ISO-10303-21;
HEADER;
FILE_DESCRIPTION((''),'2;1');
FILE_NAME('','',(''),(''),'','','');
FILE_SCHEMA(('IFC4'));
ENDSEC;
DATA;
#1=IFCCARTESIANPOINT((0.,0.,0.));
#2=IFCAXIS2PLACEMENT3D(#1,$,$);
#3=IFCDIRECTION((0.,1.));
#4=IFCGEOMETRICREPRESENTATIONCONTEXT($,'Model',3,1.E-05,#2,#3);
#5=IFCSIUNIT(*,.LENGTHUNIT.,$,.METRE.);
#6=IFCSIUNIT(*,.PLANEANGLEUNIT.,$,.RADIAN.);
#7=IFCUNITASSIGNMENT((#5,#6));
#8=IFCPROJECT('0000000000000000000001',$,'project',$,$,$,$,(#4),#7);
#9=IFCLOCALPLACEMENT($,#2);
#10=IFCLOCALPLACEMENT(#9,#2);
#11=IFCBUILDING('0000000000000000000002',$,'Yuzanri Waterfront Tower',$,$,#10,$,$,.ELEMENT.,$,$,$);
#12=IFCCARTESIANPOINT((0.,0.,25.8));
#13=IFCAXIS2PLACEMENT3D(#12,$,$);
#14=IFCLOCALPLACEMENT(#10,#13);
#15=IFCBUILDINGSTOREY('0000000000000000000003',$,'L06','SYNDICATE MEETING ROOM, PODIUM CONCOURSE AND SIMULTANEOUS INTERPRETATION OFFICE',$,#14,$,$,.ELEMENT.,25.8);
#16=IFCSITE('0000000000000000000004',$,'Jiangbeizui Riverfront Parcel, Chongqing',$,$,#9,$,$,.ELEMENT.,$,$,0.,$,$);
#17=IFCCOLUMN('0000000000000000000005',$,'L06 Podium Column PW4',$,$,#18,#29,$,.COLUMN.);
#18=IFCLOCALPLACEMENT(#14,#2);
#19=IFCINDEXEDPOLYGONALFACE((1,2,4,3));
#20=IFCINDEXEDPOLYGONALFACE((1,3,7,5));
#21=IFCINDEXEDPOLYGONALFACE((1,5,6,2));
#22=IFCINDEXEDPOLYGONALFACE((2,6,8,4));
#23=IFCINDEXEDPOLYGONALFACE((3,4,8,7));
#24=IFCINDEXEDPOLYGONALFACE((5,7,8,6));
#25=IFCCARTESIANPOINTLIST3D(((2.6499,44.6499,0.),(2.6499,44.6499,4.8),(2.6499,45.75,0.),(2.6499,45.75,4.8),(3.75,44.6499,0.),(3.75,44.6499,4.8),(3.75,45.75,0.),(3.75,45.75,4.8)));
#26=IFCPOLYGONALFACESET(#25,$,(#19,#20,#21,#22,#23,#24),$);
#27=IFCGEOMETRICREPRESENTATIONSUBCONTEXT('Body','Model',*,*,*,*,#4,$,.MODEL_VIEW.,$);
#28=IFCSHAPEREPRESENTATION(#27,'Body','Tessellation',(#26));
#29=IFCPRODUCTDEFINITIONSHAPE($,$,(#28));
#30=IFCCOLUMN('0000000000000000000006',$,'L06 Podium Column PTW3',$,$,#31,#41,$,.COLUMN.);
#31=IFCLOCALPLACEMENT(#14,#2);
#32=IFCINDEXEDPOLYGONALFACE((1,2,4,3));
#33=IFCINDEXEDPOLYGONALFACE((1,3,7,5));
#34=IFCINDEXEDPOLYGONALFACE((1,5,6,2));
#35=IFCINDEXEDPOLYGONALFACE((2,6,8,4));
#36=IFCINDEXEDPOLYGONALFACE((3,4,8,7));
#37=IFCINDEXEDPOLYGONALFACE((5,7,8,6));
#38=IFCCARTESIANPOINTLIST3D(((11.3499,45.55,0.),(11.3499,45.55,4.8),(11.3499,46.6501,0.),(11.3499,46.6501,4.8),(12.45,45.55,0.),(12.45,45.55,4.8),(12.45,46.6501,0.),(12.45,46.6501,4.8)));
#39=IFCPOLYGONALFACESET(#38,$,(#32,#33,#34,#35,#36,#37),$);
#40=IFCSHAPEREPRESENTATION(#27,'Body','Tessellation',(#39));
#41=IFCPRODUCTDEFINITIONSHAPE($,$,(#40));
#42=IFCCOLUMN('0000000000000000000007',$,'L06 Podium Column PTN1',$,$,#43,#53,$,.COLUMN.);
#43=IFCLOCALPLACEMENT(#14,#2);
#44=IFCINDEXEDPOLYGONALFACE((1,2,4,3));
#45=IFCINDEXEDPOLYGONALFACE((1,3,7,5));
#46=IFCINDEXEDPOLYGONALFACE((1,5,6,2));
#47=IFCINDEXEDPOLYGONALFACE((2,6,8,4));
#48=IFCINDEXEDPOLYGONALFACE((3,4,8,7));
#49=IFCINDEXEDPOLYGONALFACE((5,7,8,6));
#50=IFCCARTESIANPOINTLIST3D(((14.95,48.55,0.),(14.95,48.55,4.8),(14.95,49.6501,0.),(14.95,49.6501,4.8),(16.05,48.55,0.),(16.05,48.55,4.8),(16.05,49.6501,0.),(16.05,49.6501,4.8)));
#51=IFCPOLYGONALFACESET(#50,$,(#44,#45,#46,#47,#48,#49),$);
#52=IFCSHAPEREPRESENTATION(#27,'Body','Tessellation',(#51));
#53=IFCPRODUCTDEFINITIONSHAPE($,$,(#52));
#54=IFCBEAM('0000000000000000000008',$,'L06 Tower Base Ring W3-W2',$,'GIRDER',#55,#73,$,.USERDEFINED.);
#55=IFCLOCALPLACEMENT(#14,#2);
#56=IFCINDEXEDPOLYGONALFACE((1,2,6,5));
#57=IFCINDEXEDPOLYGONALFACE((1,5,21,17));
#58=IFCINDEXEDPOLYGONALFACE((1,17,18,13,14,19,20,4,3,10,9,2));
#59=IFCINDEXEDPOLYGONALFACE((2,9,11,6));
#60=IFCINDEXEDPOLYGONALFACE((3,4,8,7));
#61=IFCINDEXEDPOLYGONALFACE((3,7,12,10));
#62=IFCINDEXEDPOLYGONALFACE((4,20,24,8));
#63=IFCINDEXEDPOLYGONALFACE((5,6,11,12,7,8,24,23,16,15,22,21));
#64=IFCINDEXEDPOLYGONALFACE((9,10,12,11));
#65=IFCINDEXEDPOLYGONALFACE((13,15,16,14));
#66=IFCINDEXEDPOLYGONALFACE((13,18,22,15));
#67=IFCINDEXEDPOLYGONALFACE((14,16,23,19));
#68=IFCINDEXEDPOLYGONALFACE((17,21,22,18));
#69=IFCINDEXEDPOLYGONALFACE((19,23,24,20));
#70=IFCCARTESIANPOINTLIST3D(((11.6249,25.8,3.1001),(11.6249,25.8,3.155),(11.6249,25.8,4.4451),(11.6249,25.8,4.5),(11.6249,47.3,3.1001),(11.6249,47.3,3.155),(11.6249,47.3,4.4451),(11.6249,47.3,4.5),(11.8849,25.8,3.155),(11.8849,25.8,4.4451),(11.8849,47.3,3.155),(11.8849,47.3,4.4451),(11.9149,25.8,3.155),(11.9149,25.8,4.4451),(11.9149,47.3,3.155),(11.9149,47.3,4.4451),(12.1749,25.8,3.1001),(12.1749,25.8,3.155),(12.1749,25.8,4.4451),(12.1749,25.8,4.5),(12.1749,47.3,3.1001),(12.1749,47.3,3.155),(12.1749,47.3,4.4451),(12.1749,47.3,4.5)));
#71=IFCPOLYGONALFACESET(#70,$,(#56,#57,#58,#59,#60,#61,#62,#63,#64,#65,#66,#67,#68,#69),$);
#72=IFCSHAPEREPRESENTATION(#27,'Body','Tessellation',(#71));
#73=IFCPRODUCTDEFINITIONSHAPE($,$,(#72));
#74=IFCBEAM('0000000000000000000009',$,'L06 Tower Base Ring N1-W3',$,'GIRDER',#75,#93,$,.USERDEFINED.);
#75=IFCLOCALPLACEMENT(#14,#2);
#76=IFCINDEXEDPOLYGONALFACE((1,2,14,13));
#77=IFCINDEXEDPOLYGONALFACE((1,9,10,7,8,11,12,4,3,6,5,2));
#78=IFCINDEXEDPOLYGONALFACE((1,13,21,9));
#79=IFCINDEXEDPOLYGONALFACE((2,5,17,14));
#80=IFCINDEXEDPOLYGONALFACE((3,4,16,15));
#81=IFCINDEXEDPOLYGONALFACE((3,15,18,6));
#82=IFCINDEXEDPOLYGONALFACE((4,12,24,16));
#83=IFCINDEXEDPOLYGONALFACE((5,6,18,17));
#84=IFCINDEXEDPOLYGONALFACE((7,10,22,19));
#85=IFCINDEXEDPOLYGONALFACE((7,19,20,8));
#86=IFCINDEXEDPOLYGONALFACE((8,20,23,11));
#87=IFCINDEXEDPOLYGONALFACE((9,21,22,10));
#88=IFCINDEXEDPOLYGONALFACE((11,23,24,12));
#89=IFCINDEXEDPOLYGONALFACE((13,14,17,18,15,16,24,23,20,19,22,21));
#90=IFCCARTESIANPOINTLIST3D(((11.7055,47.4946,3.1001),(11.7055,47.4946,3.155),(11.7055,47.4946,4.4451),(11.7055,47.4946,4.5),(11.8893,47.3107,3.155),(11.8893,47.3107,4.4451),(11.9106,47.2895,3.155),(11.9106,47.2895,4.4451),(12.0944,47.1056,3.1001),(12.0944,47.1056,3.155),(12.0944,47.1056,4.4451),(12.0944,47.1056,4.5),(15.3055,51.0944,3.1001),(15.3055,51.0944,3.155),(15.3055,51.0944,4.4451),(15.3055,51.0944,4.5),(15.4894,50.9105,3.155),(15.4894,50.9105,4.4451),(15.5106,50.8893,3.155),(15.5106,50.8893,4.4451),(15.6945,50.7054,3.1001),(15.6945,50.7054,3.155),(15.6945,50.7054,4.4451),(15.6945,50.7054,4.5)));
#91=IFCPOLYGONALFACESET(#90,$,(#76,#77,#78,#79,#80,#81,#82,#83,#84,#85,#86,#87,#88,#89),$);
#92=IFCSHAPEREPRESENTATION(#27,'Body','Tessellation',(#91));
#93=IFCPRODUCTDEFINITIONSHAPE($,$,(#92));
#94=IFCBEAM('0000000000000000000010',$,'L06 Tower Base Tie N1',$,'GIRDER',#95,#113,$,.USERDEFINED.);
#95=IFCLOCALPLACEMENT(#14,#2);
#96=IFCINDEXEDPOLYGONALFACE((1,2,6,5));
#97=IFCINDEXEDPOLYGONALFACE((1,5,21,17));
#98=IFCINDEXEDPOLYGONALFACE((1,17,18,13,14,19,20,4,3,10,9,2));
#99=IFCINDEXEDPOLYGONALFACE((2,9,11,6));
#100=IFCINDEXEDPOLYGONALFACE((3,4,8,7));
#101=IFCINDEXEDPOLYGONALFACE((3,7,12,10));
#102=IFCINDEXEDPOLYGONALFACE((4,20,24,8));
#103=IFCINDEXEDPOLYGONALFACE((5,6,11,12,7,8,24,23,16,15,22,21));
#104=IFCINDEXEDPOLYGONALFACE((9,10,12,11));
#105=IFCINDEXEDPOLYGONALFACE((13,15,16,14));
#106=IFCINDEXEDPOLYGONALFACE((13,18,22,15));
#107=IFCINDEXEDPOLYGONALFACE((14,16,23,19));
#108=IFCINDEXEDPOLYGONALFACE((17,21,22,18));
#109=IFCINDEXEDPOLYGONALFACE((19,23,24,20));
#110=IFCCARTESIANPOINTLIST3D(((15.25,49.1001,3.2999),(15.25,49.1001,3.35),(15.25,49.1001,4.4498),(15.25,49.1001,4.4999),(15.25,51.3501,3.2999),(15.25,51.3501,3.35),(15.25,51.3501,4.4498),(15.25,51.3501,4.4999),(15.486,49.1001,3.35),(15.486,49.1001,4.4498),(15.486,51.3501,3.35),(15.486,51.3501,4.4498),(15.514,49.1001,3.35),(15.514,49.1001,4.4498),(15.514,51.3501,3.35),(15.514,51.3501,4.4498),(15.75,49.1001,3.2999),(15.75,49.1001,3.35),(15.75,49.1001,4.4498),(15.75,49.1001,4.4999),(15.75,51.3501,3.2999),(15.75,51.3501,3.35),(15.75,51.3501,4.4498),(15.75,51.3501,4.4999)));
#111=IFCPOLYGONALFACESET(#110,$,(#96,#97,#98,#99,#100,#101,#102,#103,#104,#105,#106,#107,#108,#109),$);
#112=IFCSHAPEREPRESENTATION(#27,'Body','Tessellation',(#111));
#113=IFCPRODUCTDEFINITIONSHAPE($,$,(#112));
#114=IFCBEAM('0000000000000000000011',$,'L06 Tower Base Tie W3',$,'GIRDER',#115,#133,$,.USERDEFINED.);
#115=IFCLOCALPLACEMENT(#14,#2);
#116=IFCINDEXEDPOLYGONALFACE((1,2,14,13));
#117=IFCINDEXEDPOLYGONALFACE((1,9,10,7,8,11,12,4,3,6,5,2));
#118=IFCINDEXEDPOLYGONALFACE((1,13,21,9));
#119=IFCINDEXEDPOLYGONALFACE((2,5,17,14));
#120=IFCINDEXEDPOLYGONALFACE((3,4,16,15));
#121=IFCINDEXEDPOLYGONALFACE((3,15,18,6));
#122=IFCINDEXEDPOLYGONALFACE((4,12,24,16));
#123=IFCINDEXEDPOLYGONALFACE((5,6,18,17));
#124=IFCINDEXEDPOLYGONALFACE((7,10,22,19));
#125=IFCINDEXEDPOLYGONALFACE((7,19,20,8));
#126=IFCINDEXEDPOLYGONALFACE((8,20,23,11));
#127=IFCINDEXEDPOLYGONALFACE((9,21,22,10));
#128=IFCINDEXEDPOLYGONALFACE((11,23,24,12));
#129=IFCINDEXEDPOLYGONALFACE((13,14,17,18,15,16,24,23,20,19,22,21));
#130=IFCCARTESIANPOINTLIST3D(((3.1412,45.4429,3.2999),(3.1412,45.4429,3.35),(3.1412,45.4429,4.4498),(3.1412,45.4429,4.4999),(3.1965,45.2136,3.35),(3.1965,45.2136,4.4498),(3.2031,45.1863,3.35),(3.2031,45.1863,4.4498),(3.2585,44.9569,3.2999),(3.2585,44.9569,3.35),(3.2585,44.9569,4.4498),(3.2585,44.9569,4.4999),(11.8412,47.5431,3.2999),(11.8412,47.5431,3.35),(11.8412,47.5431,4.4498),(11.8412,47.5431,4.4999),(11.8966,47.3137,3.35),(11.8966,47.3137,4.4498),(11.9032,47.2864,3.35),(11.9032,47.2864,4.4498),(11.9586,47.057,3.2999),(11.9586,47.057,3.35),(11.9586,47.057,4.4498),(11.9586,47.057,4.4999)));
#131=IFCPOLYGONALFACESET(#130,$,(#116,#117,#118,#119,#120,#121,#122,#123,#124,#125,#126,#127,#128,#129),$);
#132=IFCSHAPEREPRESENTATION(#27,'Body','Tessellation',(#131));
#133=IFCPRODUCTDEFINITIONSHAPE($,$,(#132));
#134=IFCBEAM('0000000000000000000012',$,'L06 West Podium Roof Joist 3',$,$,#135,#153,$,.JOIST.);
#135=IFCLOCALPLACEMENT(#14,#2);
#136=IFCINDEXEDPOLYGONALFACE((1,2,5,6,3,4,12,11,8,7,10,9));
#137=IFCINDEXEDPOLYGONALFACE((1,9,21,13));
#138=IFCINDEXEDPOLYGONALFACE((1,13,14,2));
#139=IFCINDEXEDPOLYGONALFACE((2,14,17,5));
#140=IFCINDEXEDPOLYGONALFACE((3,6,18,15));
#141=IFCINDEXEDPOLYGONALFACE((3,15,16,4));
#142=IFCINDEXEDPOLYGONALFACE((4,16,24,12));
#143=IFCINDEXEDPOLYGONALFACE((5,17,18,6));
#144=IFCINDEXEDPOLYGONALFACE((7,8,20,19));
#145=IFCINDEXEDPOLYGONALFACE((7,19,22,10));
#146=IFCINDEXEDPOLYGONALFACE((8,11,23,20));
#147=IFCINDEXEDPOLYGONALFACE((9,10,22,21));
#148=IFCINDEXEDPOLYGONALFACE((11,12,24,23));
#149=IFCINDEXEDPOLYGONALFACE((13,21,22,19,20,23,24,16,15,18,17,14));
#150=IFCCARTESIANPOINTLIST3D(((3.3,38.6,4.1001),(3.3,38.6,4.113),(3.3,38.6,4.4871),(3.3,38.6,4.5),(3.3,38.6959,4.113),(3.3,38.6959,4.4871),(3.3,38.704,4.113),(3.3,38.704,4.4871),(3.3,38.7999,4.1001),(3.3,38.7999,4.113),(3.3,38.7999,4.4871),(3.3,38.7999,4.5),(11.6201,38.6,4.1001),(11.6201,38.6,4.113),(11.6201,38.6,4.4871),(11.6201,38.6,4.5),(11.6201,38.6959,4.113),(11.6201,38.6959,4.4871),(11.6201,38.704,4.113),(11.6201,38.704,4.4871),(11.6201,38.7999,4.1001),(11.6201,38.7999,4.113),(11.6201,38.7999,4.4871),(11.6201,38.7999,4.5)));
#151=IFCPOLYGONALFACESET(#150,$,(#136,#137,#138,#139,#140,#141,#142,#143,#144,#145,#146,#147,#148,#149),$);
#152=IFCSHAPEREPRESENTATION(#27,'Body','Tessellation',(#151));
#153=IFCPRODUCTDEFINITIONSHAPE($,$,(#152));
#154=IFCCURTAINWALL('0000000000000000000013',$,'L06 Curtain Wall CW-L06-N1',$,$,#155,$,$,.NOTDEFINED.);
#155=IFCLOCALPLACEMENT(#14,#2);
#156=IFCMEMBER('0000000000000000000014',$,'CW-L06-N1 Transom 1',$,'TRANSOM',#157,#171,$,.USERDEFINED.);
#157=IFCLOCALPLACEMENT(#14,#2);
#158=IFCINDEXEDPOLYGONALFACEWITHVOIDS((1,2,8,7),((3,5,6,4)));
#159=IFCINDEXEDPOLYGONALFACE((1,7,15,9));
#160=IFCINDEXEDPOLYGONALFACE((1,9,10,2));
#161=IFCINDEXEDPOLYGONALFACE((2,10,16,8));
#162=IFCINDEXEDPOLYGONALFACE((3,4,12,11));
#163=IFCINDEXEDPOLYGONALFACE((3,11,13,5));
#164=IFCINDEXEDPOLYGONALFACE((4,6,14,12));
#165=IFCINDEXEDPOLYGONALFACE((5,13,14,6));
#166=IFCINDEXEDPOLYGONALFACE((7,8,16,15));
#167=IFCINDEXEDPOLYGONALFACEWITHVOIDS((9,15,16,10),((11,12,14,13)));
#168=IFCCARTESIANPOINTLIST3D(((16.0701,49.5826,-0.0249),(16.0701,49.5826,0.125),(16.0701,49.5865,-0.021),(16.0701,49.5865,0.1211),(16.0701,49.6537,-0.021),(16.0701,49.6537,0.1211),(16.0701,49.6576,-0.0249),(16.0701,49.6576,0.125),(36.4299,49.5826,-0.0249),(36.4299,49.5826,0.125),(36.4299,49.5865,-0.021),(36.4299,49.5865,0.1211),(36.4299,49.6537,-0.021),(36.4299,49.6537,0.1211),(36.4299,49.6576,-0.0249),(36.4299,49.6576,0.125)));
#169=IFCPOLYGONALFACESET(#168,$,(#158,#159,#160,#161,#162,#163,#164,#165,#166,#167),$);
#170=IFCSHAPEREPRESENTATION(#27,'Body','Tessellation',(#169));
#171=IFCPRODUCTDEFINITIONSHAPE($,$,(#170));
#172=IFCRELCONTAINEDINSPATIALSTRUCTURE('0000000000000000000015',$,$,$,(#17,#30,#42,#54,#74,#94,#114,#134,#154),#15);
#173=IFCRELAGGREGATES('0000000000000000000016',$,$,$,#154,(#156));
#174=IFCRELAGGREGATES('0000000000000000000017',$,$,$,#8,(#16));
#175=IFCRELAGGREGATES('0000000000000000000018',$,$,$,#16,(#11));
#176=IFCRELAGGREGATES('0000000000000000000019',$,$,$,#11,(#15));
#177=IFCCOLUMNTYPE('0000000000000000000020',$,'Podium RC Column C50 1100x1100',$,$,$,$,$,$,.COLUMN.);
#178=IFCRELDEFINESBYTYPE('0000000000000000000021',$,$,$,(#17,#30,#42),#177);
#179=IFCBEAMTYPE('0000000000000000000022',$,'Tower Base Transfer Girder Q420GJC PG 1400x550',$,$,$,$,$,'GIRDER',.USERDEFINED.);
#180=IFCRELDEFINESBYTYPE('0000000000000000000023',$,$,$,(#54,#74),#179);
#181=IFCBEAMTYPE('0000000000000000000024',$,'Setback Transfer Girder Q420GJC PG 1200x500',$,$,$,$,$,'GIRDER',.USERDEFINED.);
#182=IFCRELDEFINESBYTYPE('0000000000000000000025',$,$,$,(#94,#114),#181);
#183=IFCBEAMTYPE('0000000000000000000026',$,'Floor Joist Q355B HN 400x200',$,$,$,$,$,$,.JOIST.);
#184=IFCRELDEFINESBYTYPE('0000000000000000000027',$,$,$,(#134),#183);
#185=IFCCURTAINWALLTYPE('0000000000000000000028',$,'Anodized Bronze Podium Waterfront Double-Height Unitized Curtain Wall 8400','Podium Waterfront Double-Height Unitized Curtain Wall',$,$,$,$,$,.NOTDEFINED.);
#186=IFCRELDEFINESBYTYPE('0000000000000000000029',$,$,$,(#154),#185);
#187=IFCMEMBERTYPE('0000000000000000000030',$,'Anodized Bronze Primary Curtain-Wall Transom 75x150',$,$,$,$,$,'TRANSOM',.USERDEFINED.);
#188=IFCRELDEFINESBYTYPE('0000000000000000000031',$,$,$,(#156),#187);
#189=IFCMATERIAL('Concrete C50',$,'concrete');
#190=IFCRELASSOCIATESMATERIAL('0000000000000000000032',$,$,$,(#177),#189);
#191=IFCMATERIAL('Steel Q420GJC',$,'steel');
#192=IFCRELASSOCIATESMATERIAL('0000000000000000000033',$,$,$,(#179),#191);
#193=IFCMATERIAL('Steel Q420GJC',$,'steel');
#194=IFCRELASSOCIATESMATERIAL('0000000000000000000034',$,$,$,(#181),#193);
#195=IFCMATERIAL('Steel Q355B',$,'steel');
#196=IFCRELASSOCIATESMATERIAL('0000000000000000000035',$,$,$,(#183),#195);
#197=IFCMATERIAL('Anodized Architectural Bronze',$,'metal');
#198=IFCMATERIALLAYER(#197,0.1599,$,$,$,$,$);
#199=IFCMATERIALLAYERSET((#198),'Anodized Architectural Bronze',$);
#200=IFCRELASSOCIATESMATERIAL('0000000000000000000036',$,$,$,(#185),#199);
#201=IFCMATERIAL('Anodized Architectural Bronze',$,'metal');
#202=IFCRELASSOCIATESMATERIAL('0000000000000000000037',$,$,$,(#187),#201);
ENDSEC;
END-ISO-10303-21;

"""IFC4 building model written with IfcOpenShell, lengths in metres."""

from ifc_helpers import new_model, si_unit, direction, frame, origin, origin_2d, place, context, subcontext, project, spatial, rectangle, hollow_rectangle, i_section, extrude, source, transform, mapped, material, layer, layer_set, material_profile, profile_set, type_object, element, aggregate, save


model = new_model("IFC4")

# Units and contexts
model_context = context("Model", 3, precision=1e-05, world=origin(), true_north=direction((0.0, 1.0)))
body_context = subcontext(model_context, "Body", "Model", "MODEL_VIEW")
ifc_project = project(units=[si_unit("LENGTHUNIT", "METRE"), si_unit("PLANEANGLEUNIT", "RADIAN")], contexts=[model_context])

# Site, building, storey
site_placement = place(None, origin())
site = spatial("IfcSite", under=ifc_project, at=site_placement, Name="Jiangbeizui Riverfront Parcel, Chongqing", CompositionType="ELEMENT", RefElevation=0.0)
building_placement = place(site_placement, origin())
building = spatial("IfcBuilding", under=site, at=building_placement, Name="Yuzanri Waterfront Tower", CompositionType="ELEMENT")
storey_placement = place(building_placement, frame((0.0, 0.0, 25.8)))
storey = spatial("IfcBuildingStorey", under=building, at=storey_placement, Name="L06", Description="SYNDICATE MEETING ROOM, PODIUM CONCOURSE AND SIMULTANEOUS INTERPRETATION OFFICE", CompositionType="ELEMENT", Elevation=25.8)

# Columns
ifc_material_1 = material(Name="Concrete C50", Category="concrete")
ifc_material_profile_1 = material_profile(ifc_material_1, rectangle(XDim=1.1001, YDim=1.1001, at=origin_2d()), Name="RC 1100x1100")
ifc_profile_set_1 = profile_set([ifc_material_profile_1], Name="Concrete C50")
column_type = type_object("IfcColumnType", Name="Podium RC Column C50 1100x1100", PredefinedType="COLUMN", material=ifc_profile_set_1)
shared_shape_1 = source(origin(), body_context, "Body", "SweptSolid", [
    extrude(rectangle(XDim=1.1001, YDim=1.1001, at=origin_2d()), origin(), (0.0, 0.0, 1.0), 4.8),
])
for number, where, z_axis, x_axis, name in (
    (1, (3.2, 45.2, 0.0), (0.0, 0.0, 1.0), (1.0, 0.0, 0.0), "L06 Podium Column PW4"),
    (2, (11.8999, 46.1001, 0.0), (0.0, 0.0, 1.0), (1.0, 0.0, 0.0), "L06 Podium Column PTW3"),
    (3, (15.5, 49.1001, 0.0), (0.0, 0.0, 1.0), (1.0, 0.0, 0.0), "L06 Podium Column PTN1"),
):
    element("IfcColumn", number, at=place(storey_placement, frame(where, z_axis=z_axis, x_axis=x_axis)), inside=storey, type_object=column_type, Name=name, PredefinedType="COLUMN", context=body_context, shape_type="MappedRepresentation", body=[
        mapped(shared_shape_1, transform((0.0, 0.0, 0.0), scale=1.0)),
    ])

# Beams
ifc_material_2 = material(Name="Steel Q420GJC", Category="steel")
ifc_material_profile_2 = material_profile(ifc_material_2, i_section(OverallWidth=0.55, OverallDepth=1.3999, WebThickness=0.03, FlangeThickness=0.0549, at=origin_2d()), Name="PG 1400x550x30x55")
ifc_profile_set_2 = profile_set([ifc_material_profile_2], Name="Steel Q420GJC")
beam_type_1 = type_object("IfcBeamType", Name="Tower Base Transfer Girder Q420GJC PG 1400x550", ElementType="GIRDER", PredefinedType="USERDEFINED", material=ifc_profile_set_2)
shared_shape_2 = source(origin(), body_context, "Body", "SweptSolid", [
    extrude(i_section(OverallWidth=0.55, OverallDepth=1.3999, WebThickness=0.03, FlangeThickness=0.0549, at=origin_2d()), origin(), (0.0, 0.0, 1.0), 21.5),
])
beam_1_placement = place(storey_placement, frame((11.8999, 47.3, 3.8), z_axis=(0.0, -1.0, 0.0), x_axis=(1.0, 0.0, 0.0)))
element("IfcBeam", 4, at=beam_1_placement, inside=storey, type_object=beam_type_1, Name="L06 Tower Base Ring W3-W2", ObjectType="GIRDER", PredefinedType="USERDEFINED", context=body_context, shape_type="MappedRepresentation", body=[
    mapped(shared_shape_2, transform((0.0, 0.0, 0.0), scale=1.0)),
])
shared_shape_3 = source(origin(), body_context, "Body", "SweptSolid", [
    extrude(i_section(OverallWidth=0.55, OverallDepth=1.3999, WebThickness=0.03, FlangeThickness=0.0549, at=origin_2d()), origin(), (0.0, 0.0, 1.0), 5.0911),
])
beam_2_placement = place(storey_placement, frame((15.5, 50.8999, 3.8), z_axis=(-0.707131, -0.707083, 0.0), x_axis=(0.707083, -0.707131, 0.0)))
element("IfcBeam", 5, at=beam_2_placement, inside=storey, type_object=beam_type_1, Name="L06 Tower Base Ring N1-W3", ObjectType="GIRDER", PredefinedType="USERDEFINED", context=body_context, shape_type="MappedRepresentation", body=[
    mapped(shared_shape_3, transform((0.0, 0.0, 0.0), scale=1.0)),
])
ifc_material_3 = material(Name="Steel Q420GJC", Category="steel")
ifc_material_profile_3 = material_profile(ifc_material_3, i_section(OverallWidth=0.5, OverallDepth=1.2, WebThickness=0.0281, FlangeThickness=0.05, at=origin_2d()), Name="PG 1200x500x28x50")
ifc_profile_set_3 = profile_set([ifc_material_profile_3], Name="Steel Q420GJC")
beam_type_2 = type_object("IfcBeamType", Name="Setback Transfer Girder Q420GJC PG 1200x500", ElementType="GIRDER", PredefinedType="USERDEFINED", material=ifc_profile_set_3)
shared_shape_4 = source(origin(), body_context, "Body", "SweptSolid", [
    extrude(i_section(OverallWidth=0.5, OverallDepth=1.2, WebThickness=0.0281, FlangeThickness=0.05, at=origin_2d()), origin(), (0.0, 0.0, 1.0), 2.25),
])
beam_3_placement = place(storey_placement, frame((15.5, 51.3501, 3.8999), z_axis=(0.0, -1.0, 0.0), x_axis=(1.0, 0.0, 0.0)))
element("IfcBeam", 6, at=beam_3_placement, inside=storey, type_object=beam_type_2, Name="L06 Tower Base Tie N1", ObjectType="GIRDER", PredefinedType="USERDEFINED", context=body_context, shape_type="MappedRepresentation", body=[
    mapped(shared_shape_4, transform((0.0, 0.0, 0.0), scale=1.0)),
])
shared_shape_5 = source(origin(), body_context, "Body", "SweptSolid", [
    extrude(i_section(OverallWidth=0.5, OverallDepth=1.2, WebThickness=0.0281, FlangeThickness=0.05, at=origin_2d()), origin(), (0.0, 0.0, 1.0), 8.95),
])
beam_4_placement = place(storey_placement, frame((11.8999, 47.3, 3.8999), z_axis=(-0.972079, -0.234652, 0.0), x_axis=(0.234652, -0.972079, 0.0)))
element("IfcBeam", 7, at=beam_4_placement, inside=storey, type_object=beam_type_2, Name="L06 Tower Base Tie W3", ObjectType="GIRDER", PredefinedType="USERDEFINED", context=body_context, shape_type="MappedRepresentation", body=[
    mapped(shared_shape_5, transform((0.0, 0.0, 0.0), scale=1.0)),
])
ifc_material_4 = material(Name="Steel Q355B", Category="steel")
ifc_material_profile_4 = material_profile(ifc_material_4, i_section(OverallWidth=0.2, OverallDepth=0.3999, WebThickness=0.0081, FlangeThickness=0.0129, at=origin_2d()), Name="HN 400x200x8x13")
ifc_profile_set_4 = profile_set([ifc_material_profile_4], Name="Steel Q355B")
beam_type_3 = type_object("IfcBeamType", Name="Floor Joist Q355B HN 400x200", PredefinedType="JOIST", material=ifc_profile_set_4)
shared_shape_6 = source(origin(), body_context, "Body", "SweptSolid", [
    extrude(i_section(OverallWidth=0.2, OverallDepth=0.3999, WebThickness=0.0081, FlangeThickness=0.0129, at=origin_2d()), origin(), (0.0, 0.0, 1.0), 8.3201),
])
beam_5_placement = place(storey_placement, frame((3.3, 38.7, 4.3), z_axis=(1.0, 0.0, 0.0), x_axis=(0.0, 1.0, 0.0)))
element("IfcBeam", 8, at=beam_5_placement, inside=storey, type_object=beam_type_3, Name="L06 West Podium Roof Joist 3", PredefinedType="JOIST", context=body_context, shape_type="MappedRepresentation", body=[
    mapped(shared_shape_6, transform((0.0, 0.0, 0.0), scale=1.0)),
])

# Curtain wall, member
ifc_material_5 = material(Name="Anodized Architectural Bronze", Category="metal")
ifc_layer_1 = layer(ifc_material_5, 0.1599)
ifc_layer_set_1 = layer_set([ifc_layer_1], Name="Anodized Architectural Bronze")
curtain_wall_type = type_object("IfcCurtainWallType", Name="Anodized Bronze Podium Waterfront Double-Height Unitized Curtain Wall 8400", Description="Podium Waterfront Double-Height Unitized Curtain Wall", PredefinedType="NOTDEFINED", material=ifc_layer_set_1)
curtain_wall_placement = place(storey_placement, origin())
curtain_wall = element("IfcCurtainWall", 9, at=curtain_wall_placement, inside=storey, type_object=curtain_wall_type, Name="L06 Curtain Wall CW-L06-N1", PredefinedType="NOTDEFINED")
ifc_material_6 = material(Name="Anodized Architectural Bronze", Category="metal")
ifc_material_profile_5 = material_profile(ifc_material_6, hollow_rectangle(XDim=0.075, YDim=0.1499, WallThickness=0.0039, at=origin_2d()), Name="CWT 75x150")
ifc_profile_set_5 = profile_set([ifc_material_profile_5], Name="Anodized Architectural Bronze")
member_type_1 = type_object("IfcMemberType", Name="Anodized Bronze Primary Curtain-Wall Transom 75x150", ElementType="TRANSOM", PredefinedType="USERDEFINED", material=ifc_profile_set_5)
shared_shape_7 = source(origin(), body_context, "Body", "SweptSolid", [
    extrude(hollow_rectangle(XDim=0.075, YDim=0.1499, WallThickness=0.0039, at=origin_2d()), origin(), (0.0, 0.0, 1.0), 20.3599),
])
member_1_placement = place(storey_placement, frame((16.0701, 49.6201, 0.05), z_axis=(1.0, 0.0, 0.0), x_axis=(0.0, 1.0, 0.0)))
member_1 = element("IfcMember", 10, at=member_1_placement, type_object=member_type_1, Name="CW-L06-N1 Transom 1", ObjectType="TRANSOM", PredefinedType="USERDEFINED", context=body_context, shape_type="MappedRepresentation", body=[
    mapped(shared_shape_7, transform((0.0, 0.0, 0.0), scale=1.0)),
])
aggregate(curtain_wall, [member_1])

save(model, "model.ifc")
